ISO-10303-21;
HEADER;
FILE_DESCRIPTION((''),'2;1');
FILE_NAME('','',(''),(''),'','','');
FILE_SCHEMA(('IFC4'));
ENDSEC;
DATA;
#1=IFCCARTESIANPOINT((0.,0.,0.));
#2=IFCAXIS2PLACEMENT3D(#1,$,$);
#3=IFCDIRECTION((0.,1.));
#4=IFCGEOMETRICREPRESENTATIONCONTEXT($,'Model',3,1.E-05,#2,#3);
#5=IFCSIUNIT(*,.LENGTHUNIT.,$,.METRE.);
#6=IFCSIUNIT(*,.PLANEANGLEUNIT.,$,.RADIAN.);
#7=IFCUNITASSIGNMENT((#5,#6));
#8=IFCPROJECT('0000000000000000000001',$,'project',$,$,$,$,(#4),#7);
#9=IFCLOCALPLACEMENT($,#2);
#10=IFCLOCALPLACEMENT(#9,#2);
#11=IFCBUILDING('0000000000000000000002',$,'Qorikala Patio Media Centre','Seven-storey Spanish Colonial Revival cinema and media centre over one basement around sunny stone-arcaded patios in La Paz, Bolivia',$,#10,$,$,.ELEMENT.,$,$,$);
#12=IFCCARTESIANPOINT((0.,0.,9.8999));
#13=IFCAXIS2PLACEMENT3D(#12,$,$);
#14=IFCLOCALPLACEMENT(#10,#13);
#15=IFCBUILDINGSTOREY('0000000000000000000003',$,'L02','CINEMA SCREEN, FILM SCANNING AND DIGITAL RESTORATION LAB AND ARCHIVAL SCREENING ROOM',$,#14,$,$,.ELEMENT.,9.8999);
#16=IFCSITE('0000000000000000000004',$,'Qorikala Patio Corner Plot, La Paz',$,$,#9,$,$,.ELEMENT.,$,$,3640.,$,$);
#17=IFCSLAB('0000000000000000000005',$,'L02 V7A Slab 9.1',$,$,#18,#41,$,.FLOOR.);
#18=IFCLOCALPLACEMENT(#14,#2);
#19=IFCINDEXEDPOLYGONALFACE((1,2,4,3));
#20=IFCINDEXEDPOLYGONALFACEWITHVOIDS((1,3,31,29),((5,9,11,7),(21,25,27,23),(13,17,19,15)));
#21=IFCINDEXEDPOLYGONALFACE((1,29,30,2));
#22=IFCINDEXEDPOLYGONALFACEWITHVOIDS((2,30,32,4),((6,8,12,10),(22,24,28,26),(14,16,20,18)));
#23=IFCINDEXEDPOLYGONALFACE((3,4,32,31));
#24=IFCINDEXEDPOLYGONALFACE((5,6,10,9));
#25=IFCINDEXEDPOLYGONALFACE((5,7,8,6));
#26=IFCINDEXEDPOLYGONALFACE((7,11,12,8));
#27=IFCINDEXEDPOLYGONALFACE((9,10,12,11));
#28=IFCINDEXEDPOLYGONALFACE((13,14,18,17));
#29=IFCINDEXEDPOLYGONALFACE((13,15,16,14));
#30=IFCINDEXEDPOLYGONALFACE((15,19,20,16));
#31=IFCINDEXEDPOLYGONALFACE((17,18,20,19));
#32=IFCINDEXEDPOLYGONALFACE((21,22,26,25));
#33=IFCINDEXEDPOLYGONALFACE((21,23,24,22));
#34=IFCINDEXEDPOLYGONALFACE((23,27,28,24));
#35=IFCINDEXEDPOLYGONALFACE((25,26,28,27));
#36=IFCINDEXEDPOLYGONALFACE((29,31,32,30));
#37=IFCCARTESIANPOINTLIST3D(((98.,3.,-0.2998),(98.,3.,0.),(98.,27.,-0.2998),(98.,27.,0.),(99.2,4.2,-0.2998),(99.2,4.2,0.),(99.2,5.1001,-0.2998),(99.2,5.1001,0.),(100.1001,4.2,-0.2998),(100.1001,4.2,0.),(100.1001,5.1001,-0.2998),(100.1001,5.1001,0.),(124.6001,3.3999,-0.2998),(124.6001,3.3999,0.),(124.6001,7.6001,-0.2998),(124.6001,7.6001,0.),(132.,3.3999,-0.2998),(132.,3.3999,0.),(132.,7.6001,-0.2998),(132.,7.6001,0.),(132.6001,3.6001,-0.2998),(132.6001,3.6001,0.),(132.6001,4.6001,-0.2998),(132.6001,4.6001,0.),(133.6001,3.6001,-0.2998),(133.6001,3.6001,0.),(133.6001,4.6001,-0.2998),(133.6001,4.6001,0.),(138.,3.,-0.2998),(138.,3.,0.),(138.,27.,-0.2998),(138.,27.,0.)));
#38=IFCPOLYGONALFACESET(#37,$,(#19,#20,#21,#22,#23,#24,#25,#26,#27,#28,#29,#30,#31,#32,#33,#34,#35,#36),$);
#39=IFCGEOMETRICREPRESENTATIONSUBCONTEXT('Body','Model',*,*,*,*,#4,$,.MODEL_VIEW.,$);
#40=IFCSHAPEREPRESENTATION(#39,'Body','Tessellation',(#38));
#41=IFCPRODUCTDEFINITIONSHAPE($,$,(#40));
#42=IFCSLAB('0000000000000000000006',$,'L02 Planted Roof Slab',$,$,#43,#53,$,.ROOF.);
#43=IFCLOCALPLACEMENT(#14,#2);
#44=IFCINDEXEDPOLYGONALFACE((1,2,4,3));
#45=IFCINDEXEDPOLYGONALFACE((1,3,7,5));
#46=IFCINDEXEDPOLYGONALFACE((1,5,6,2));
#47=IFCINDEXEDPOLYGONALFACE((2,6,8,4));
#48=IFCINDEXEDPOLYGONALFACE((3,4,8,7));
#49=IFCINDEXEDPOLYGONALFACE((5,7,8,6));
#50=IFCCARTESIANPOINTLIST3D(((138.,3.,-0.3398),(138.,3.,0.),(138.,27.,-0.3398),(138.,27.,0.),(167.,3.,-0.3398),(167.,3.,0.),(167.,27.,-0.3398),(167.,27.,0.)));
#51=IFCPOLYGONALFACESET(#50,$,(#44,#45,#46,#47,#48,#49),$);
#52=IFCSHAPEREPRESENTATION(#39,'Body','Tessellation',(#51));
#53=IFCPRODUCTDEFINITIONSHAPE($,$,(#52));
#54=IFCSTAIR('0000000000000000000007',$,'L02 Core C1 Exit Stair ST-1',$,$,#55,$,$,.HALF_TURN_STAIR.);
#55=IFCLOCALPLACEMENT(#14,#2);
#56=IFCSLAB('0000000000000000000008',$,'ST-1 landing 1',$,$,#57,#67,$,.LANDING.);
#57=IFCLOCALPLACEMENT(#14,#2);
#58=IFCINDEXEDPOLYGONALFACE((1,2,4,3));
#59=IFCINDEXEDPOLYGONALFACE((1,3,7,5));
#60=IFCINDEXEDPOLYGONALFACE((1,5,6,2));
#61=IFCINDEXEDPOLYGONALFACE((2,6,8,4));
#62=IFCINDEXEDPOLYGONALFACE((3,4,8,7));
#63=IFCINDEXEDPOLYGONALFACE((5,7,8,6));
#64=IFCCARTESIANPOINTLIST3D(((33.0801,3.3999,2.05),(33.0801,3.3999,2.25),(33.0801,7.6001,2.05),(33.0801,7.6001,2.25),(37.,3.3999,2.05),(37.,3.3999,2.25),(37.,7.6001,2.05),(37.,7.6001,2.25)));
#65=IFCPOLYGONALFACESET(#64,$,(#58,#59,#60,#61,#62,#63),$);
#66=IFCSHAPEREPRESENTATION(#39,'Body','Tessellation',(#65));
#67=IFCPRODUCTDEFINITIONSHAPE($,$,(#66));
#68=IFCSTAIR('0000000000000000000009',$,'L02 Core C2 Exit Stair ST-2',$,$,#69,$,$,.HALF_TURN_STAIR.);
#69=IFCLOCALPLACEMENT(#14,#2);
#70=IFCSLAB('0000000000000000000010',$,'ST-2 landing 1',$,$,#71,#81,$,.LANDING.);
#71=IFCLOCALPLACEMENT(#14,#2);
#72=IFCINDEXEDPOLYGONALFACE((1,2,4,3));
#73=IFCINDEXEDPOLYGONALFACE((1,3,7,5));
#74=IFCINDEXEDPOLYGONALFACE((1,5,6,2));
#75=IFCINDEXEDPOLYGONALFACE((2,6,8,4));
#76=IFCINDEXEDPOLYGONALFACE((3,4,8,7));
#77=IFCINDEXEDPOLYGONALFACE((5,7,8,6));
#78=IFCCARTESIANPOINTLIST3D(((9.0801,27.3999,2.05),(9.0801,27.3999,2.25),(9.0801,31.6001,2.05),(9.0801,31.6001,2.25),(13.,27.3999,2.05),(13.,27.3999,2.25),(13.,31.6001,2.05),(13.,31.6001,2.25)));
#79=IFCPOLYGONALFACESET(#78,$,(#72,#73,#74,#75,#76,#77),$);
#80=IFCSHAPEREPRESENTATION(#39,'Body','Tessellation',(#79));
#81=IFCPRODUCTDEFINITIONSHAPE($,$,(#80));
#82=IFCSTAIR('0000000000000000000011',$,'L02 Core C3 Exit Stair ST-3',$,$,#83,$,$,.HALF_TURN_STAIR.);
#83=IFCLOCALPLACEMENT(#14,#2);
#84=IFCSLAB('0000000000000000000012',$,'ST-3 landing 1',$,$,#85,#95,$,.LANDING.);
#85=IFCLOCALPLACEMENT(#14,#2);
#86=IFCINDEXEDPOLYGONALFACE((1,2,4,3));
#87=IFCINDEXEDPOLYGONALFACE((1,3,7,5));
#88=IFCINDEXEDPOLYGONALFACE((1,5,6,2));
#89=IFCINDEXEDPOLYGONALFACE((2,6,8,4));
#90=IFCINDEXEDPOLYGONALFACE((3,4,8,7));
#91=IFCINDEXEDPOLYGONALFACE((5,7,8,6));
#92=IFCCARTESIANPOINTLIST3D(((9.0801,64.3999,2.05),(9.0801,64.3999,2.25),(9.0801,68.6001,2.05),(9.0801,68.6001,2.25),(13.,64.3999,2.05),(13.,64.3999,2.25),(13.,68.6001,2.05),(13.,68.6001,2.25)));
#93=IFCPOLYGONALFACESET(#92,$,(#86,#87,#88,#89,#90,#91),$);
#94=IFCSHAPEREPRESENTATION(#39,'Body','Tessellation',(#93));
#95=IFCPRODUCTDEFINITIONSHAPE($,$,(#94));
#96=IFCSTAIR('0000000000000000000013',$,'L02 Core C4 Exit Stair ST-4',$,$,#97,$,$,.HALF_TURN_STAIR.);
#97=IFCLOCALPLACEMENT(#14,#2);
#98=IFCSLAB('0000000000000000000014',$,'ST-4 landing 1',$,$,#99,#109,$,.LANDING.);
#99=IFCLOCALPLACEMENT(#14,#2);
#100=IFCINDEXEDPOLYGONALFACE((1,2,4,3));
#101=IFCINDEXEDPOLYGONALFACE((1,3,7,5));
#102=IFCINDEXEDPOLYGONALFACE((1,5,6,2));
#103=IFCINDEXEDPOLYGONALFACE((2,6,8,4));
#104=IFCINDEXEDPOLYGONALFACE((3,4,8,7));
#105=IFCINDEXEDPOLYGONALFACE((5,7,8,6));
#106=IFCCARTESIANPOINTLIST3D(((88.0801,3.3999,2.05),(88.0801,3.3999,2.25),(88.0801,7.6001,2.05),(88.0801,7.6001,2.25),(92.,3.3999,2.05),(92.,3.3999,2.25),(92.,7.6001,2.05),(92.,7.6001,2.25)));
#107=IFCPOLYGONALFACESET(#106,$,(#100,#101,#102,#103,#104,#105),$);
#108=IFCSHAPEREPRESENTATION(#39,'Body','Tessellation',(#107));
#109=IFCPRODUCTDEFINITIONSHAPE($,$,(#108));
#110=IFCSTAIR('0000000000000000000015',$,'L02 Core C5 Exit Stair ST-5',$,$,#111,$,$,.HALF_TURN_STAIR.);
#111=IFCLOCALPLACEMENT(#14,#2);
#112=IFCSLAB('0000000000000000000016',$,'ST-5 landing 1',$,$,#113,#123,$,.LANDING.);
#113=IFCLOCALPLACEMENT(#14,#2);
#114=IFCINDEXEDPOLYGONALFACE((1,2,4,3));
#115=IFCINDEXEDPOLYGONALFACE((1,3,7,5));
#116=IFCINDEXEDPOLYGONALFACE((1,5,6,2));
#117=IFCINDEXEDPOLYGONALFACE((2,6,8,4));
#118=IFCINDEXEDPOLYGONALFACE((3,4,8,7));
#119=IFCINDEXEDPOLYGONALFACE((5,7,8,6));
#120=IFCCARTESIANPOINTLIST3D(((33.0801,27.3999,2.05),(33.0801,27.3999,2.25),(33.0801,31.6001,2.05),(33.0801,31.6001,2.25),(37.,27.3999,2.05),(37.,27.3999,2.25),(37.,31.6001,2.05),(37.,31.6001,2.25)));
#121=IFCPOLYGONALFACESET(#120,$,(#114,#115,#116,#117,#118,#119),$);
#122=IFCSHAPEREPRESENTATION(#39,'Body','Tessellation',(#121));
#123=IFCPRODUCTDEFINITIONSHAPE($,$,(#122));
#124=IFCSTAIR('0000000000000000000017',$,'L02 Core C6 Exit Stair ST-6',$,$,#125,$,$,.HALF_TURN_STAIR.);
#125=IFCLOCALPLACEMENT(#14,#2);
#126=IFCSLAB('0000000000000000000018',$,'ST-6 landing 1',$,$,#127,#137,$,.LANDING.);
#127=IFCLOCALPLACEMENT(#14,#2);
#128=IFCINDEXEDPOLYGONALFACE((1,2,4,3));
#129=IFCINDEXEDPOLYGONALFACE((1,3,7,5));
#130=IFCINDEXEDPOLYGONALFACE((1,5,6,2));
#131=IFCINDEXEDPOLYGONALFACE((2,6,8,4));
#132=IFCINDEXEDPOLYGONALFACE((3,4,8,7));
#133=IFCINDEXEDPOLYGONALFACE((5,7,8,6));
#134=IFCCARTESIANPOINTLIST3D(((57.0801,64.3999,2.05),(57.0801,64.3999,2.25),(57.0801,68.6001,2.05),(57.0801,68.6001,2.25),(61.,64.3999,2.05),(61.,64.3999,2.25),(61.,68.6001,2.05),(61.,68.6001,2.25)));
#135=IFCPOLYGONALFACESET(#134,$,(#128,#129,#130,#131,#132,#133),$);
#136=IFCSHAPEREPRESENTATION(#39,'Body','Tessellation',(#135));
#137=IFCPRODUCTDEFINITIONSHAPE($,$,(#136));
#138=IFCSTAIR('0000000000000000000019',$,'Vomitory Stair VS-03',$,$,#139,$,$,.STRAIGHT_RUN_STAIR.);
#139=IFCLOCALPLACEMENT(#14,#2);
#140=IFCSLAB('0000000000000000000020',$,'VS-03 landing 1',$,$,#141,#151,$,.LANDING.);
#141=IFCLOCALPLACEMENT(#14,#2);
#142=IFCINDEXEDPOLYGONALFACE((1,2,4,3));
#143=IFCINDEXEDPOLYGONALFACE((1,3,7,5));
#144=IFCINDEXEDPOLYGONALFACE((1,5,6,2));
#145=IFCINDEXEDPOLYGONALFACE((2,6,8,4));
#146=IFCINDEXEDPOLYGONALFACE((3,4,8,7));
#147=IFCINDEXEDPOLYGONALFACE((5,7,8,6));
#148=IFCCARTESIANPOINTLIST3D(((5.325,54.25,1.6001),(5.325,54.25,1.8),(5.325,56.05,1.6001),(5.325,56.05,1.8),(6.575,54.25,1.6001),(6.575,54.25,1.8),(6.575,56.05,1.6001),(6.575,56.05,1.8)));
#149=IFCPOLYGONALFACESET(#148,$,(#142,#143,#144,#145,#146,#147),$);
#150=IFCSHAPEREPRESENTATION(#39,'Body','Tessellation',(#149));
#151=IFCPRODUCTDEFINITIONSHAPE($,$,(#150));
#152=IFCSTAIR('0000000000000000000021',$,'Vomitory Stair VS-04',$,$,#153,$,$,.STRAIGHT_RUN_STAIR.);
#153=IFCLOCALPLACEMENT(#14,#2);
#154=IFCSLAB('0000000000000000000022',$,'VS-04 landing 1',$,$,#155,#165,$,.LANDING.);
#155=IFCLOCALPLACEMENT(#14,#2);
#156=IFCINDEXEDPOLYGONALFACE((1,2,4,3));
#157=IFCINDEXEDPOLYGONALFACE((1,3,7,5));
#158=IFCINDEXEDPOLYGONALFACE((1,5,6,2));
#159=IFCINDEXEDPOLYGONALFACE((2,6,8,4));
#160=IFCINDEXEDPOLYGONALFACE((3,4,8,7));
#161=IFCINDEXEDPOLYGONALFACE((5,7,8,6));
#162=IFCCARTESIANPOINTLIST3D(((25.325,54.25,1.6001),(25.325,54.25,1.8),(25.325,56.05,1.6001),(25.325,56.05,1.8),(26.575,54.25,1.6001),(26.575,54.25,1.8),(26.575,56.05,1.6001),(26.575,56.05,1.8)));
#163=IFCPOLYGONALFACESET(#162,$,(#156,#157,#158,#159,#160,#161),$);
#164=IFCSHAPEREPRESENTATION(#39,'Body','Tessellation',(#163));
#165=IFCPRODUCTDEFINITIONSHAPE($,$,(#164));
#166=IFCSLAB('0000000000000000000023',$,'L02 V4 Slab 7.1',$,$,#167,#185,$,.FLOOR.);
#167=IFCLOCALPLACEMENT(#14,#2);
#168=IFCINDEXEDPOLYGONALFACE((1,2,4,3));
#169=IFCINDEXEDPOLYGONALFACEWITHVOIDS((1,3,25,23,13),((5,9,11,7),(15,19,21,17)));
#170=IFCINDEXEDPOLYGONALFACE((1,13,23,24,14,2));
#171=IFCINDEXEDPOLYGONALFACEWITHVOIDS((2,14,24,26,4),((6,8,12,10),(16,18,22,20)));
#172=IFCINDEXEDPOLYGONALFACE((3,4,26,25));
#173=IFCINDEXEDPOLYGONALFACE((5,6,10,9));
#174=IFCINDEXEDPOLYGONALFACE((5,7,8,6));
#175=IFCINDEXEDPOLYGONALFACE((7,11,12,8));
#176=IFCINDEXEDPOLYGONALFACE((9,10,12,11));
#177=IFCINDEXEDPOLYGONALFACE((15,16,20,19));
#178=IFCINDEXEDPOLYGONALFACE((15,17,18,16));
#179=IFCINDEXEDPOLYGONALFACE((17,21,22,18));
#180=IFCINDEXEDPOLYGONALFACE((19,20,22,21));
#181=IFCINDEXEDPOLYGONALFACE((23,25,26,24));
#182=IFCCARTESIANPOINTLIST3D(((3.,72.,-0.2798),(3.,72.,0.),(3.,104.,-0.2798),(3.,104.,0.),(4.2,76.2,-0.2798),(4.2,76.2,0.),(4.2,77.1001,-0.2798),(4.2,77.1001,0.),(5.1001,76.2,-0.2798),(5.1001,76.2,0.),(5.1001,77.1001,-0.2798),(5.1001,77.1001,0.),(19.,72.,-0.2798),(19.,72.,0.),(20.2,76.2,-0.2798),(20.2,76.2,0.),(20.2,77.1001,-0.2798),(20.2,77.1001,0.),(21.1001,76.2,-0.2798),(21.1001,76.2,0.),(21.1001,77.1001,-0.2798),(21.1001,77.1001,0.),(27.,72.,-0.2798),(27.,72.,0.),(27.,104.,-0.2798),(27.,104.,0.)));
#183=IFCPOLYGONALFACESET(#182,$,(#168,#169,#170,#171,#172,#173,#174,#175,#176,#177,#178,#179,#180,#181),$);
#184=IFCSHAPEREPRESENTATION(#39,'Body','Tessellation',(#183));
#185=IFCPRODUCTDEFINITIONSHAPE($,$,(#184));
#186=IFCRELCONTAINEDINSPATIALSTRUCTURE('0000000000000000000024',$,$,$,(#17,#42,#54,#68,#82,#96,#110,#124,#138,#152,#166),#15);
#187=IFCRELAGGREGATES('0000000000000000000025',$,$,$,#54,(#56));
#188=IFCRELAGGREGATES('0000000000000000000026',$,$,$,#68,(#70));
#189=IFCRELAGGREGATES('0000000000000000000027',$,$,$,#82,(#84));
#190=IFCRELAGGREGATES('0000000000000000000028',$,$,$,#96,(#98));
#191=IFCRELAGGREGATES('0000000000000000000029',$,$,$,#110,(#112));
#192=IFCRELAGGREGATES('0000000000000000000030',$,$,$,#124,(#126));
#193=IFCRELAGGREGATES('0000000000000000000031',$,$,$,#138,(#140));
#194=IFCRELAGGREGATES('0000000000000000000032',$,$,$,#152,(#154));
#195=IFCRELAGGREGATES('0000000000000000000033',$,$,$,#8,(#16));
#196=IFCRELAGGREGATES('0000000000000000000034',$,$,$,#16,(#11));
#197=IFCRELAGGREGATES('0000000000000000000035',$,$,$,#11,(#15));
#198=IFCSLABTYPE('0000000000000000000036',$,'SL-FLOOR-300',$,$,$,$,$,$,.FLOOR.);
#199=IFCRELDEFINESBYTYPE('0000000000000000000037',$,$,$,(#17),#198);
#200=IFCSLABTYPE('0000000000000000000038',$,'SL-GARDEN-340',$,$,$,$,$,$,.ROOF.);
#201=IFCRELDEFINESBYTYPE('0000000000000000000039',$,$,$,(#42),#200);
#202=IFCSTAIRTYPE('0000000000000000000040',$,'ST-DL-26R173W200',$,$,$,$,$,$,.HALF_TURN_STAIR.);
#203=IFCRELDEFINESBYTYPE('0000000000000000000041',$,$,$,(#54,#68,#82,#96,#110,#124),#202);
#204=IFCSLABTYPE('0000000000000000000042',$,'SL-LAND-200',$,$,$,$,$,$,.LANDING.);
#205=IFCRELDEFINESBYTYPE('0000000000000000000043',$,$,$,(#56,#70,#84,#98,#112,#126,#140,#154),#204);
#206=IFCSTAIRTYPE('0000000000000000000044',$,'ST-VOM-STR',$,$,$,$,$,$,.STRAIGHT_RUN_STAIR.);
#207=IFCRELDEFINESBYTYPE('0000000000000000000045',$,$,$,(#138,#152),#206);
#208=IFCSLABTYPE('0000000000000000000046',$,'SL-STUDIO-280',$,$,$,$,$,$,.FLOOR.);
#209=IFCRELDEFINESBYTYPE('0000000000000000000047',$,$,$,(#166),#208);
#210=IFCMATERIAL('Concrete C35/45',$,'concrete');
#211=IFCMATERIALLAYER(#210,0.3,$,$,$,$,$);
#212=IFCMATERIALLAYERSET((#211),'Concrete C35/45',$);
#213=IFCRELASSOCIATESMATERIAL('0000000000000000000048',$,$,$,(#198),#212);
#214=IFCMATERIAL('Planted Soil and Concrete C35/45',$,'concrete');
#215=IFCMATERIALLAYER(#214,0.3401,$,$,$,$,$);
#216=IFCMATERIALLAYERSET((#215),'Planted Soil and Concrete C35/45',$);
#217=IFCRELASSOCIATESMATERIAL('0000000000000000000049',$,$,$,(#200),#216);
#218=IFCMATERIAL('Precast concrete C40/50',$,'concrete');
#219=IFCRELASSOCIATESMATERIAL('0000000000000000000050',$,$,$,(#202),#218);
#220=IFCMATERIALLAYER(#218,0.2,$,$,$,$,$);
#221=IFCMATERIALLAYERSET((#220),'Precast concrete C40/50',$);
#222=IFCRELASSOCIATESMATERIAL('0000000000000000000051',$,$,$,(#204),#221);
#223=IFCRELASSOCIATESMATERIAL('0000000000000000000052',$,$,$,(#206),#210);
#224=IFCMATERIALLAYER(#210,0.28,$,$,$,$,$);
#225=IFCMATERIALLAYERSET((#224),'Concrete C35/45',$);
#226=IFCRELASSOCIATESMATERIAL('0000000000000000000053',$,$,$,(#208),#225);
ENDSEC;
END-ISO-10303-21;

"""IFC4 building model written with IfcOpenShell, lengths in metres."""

from ifc_helpers import new_model, si_unit, direction, frame, origin, place, context, subcontext, project, spatial, polyline, outline, extrude, material, layer, layer_set, type_object, element, aggregate, save


model = new_model("IFC4")

# Units and contexts
model_context = context("Model", 3, precision=1e-05, world=origin(), true_north=direction((0.0, 1.0)))
body_context = subcontext(model_context, "Body", "Model", "MODEL_VIEW")
ifc_project = project(units=[si_unit("LENGTHUNIT", "METRE"), si_unit("PLANEANGLEUNIT", "RADIAN")], contexts=[model_context])

# Site, building, storey
site_placement = place(None, origin())
site = spatial("IfcSite", under=ifc_project, at=site_placement, Name="Qorikala Patio Corner Plot, La Paz", CompositionType="ELEMENT", RefElevation=3640.0)
building_placement = place(site_placement, origin())
building = spatial("IfcBuilding", under=site, at=building_placement, Name="Qorikala Patio Media Centre", Description="Seven-storey Spanish Colonial Revival cinema and media centre over one basement around sunny stone-arcaded patios in La Paz, Bolivia", CompositionType="ELEMENT")
storey_placement = place(building_placement, frame((0.0, 0.0, 9.8999)))
storey = spatial("IfcBuildingStorey", under=building, at=storey_placement, Name="L02", Description="CINEMA SCREEN, FILM SCANNING AND DIGITAL RESTORATION LAB AND ARCHIVAL SCREENING ROOM", CompositionType="ELEMENT", Elevation=9.8999)

# Slabs
ifc_material_1 = material(Name="Concrete C35/45", Category="concrete")
ifc_layer_1 = layer(ifc_material_1, 0.3)
ifc_layer_set_1 = layer_set([ifc_layer_1], Name="Concrete C35/45")
slab_type_1 = type_object("IfcSlabType", Name="SL-FLOOR-300", PredefinedType="FLOOR", material=ifc_layer_set_1)
slab_1_placement = place(storey_placement, frame((0.0, 0.0, -0.2998)))
element("IfcSlab", 1, at=slab_1_placement, inside=storey, type_object=slab_type_1, Name="L02 V7A Slab 9.1", PredefinedType="FLOOR", context=body_context, shape_type="SweptSolid", body=[
    extrude(outline(polyline([(138.0, 3.0), (98.0, 3.0), (98.0, 27.0), (138.0, 27.0), (138.0, 3.0)]), holes=[polyline([(132.6001, 3.6001), (133.6001, 3.6001), (133.6001, 4.6001), (132.6001, 4.6001), (132.6001, 3.6001)]), polyline([(100.1001, 4.2), (100.1001, 5.1001), (99.2, 5.1001), (99.2, 4.2), (100.1001, 4.2)]), polyline([(124.6001, 3.3999), (132.0, 3.3999), (132.0, 7.6001), (124.6001, 7.6001), (124.6001, 3.3999)])]), origin(), (0.0, 0.0, 1.0), 0.2998),
])
ifc_material_2 = material(Name="Planted Soil and Concrete C35/45", Category="concrete")
ifc_layer_2 = layer(ifc_material_2, 0.3401)
ifc_layer_set_2 = layer_set([ifc_layer_2], Name="Planted Soil and Concrete C35/45")
slab_type_2 = type_object("IfcSlabType", Name="SL-GARDEN-340", PredefinedType="ROOF", material=ifc_layer_set_2)
slab_2_placement = place(storey_placement, frame((0.0, 0.0, -0.3398)))
element("IfcSlab", 2, at=slab_2_placement, inside=storey, type_object=slab_type_2, Name="L02 Planted Roof Slab", PredefinedType="ROOF", context=body_context, shape_type="SweptSolid", body=[
    extrude(outline(polyline([(138.0, 3.0), (167.0, 3.0), (167.0, 27.0), (138.0, 27.0), (138.0, 3.0)])), origin(), (0.0, 0.0, 1.0), 0.3398),
])

# Stairs, slabs
ifc_material_3 = material(Name="Precast concrete C40/50", Category="concrete")
stair_type_1 = type_object("IfcStairType", Name="ST-DL-26R173W200", PredefinedType="HALF_TURN_STAIR", material=ifc_material_3)
stair_1_placement = place(storey_placement, origin())
stair_1 = element("IfcStair", 3, at=stair_1_placement, inside=storey, type_object=stair_type_1, Name="L02 Core C1 Exit Stair ST-1", PredefinedType="HALF_TURN_STAIR")
ifc_layer_3 = layer(ifc_material_3, 0.2)
ifc_layer_set_3 = layer_set([ifc_layer_3], Name="Precast concrete C40/50")
slab_type_3 = type_object("IfcSlabType", Name="SL-LAND-200", PredefinedType="LANDING", material=ifc_layer_set_3)
slab_3_placement = place(storey_placement, frame((0.0, 0.0, 2.05)))
slab_3 = element("IfcSlab", 4, at=slab_3_placement, type_object=slab_type_3, Name="ST-1 landing 1", PredefinedType="LANDING", context=body_context, shape_type="SweptSolid", body=[
    extrude(outline(polyline([(33.0801, 3.3999), (37.0, 3.3999), (37.0, 7.6001), (33.0801, 7.6001), (33.0801, 3.3999)])), origin(), (0.0, 0.0, 1.0), 0.2),
])
aggregate(stair_1, [slab_3])
stair_2_placement = place(storey_placement, origin())
stair_2 = element("IfcStair", 5, at=stair_2_placement, inside=storey, type_object=stair_type_1, Name="L02 Core C2 Exit Stair ST-2", PredefinedType="HALF_TURN_STAIR")
slab_4_placement = place(storey_placement, frame((0.0, 0.0, 2.05)))
slab_4 = element("IfcSlab", 6, at=slab_4_placement, type_object=slab_type_3, Name="ST-2 landing 1", PredefinedType="LANDING", context=body_context, shape_type="SweptSolid", body=[
    extrude(outline(polyline([(9.0801, 27.3999), (13.0, 27.3999), (13.0, 31.6001), (9.0801, 31.6001), (9.0801, 27.3999)])), origin(), (0.0, 0.0, 1.0), 0.2),
])
aggregate(stair_2, [slab_4])
stair_3_placement = place(storey_placement, origin())
stair_3 = element("IfcStair", 7, at=stair_3_placement, inside=storey, type_object=stair_type_1, Name="L02 Core C3 Exit Stair ST-3", PredefinedType="HALF_TURN_STAIR")
slab_5_placement = place(storey_placement, frame((0.0, 0.0, 2.05)))
slab_5 = element("IfcSlab", 8, at=slab_5_placement, type_object=slab_type_3, Name="ST-3 landing 1", PredefinedType="LANDING", context=body_context, shape_type="SweptSolid", body=[
    extrude(outline(polyline([(9.0801, 64.3999), (13.0, 64.3999), (13.0, 68.6001), (9.0801, 68.6001), (9.0801, 64.3999)])), origin(), (0.0, 0.0, 1.0), 0.2),
])
aggregate(stair_3, [slab_5])
stair_4_placement = place(storey_placement, origin())
stair_4 = element("IfcStair", 9, at=stair_4_placement, inside=storey, type_object=stair_type_1, Name="L02 Core C4 Exit Stair ST-4", PredefinedType="HALF_TURN_STAIR")
slab_6_placement = place(storey_placement, frame((0.0, 0.0, 2.05)))
slab_6 = element("IfcSlab", 10, at=slab_6_placement, type_object=slab_type_3, Name="ST-4 landing 1", PredefinedType="LANDING", context=body_context, shape_type="SweptSolid", body=[
    extrude(outline(polyline([(88.0801, 3.3999), (92.0, 3.3999), (92.0, 7.6001), (88.0801, 7.6001), (88.0801, 3.3999)])), origin(), (0.0, 0.0, 1.0), 0.2),
])
aggregate(stair_4, [slab_6])
stair_5_placement = place(storey_placement, origin())
stair_5 = element("IfcStair", 11, at=stair_5_placement, inside=storey, type_object=stair_type_1, Name="L02 Core C5 Exit Stair ST-5", PredefinedType="HALF_TURN_STAIR")
slab_7_placement = place(storey_placement, frame((0.0, 0.0, 2.05)))
slab_7 = element("IfcSlab", 12, at=slab_7_placement, type_object=slab_type_3, Name="ST-5 landing 1", PredefinedType="LANDING", context=body_context, shape_type="SweptSolid", body=[
    extrude(outline(polyline([(33.0801, 27.3999), (37.0, 27.3999), (37.0, 31.6001), (33.0801, 31.6001), (33.0801, 27.3999)])), origin(), (0.0, 0.0, 1.0), 0.2),
])
aggregate(stair_5, [slab_7])
stair_6_placement = place(storey_placement, origin())
stair_6 = element("IfcStair", 13, at=stair_6_placement, inside=storey, type_object=stair_type_1, Name="L02 Core C6 Exit Stair ST-6", PredefinedType="HALF_TURN_STAIR")
slab_8_placement = place(storey_placement, frame((0.0, 0.0, 2.05)))
slab_8 = element("IfcSlab", 14, at=slab_8_placement, type_object=slab_type_3, Name="ST-6 landing 1", PredefinedType="LANDING", context=body_context, shape_type="SweptSolid", body=[
    extrude(outline(polyline([(57.0801, 64.3999), (61.0, 64.3999), (61.0, 68.6001), (57.0801, 68.6001), (57.0801, 64.3999)])), origin(), (0.0, 0.0, 1.0), 0.2),
])
aggregate(stair_6, [slab_8])
stair_type_2 = type_object("IfcStairType", Name="ST-VOM-STR", PredefinedType="STRAIGHT_RUN_STAIR", material=ifc_material_1)
stair_7_placement = place(storey_placement, origin())
stair_7 = element("IfcStair", 15, at=stair_7_placement, inside=storey, type_object=stair_type_2, Name="Vomitory Stair VS-03", PredefinedType="STRAIGHT_RUN_STAIR")
slab_9_placement = place(storey_placement, frame((0.0, 0.0, 1.6001)))
slab_9 = element("IfcSlab", 16, at=slab_9_placement, type_object=slab_type_3, Name="VS-03 landing 1", PredefinedType="LANDING", context=body_context, shape_type="SweptSolid", body=[
    extrude(outline(polyline([(5.325, 54.25), (6.575, 54.25), (6.575, 56.05), (5.325, 56.05), (5.325, 54.25)])), origin(), (0.0, 0.0, 1.0), 0.2),
])
aggregate(stair_7, [slab_9])
stair_8_placement = place(storey_placement, origin())
stair_8 = element("IfcStair", 17, at=stair_8_placement, inside=storey, type_object=stair_type_2, Name="Vomitory Stair VS-04", PredefinedType="STRAIGHT_RUN_STAIR")
slab_10_placement = place(storey_placement, frame((0.0, 0.0, 1.6001)))
slab_10 = element("IfcSlab", 18, at=slab_10_placement, type_object=slab_type_3, Name="VS-04 landing 1", PredefinedType="LANDING", context=body_context, shape_type="SweptSolid", body=[
    extrude(outline(polyline([(25.325, 54.25), (26.575, 54.25), (26.575, 56.05), (25.325, 56.05), (25.325, 54.25)])), origin(), (0.0, 0.0, 1.0), 0.2),
])
aggregate(stair_8, [slab_10])

# Slab
ifc_layer_4 = layer(ifc_material_1, 0.28)
ifc_layer_set_4 = layer_set([ifc_layer_4], Name="Concrete C35/45")
slab_type_4 = type_object("IfcSlabType", Name="SL-STUDIO-280", PredefinedType="FLOOR", material=ifc_layer_set_4)
slab_11_placement = place(storey_placement, frame((0.0, 0.0, -0.2798)))
element("IfcSlab", 19, at=slab_11_placement, inside=storey, type_object=slab_type_4, Name="L02 V4 Slab 7.1", PredefinedType="FLOOR", context=body_context, shape_type="SweptSolid", body=[
    extrude(outline(polyline([(27.0, 104.0), (27.0, 72.0), (19.0, 72.0), (3.0, 72.0), (3.0, 104.0), (27.0, 104.0)]), holes=[polyline([(4.2, 76.2), (5.1001, 76.2), (5.1001, 77.1001), (4.2, 77.1001), (4.2, 76.2)]), polyline([(21.1001, 76.2), (21.1001, 77.1001), (20.2, 77.1001), (20.2, 76.2), (21.1001, 76.2)])]), origin(), (0.0, 0.0, 1.0), 0.2798),
])

save(model, "model.ifc")
